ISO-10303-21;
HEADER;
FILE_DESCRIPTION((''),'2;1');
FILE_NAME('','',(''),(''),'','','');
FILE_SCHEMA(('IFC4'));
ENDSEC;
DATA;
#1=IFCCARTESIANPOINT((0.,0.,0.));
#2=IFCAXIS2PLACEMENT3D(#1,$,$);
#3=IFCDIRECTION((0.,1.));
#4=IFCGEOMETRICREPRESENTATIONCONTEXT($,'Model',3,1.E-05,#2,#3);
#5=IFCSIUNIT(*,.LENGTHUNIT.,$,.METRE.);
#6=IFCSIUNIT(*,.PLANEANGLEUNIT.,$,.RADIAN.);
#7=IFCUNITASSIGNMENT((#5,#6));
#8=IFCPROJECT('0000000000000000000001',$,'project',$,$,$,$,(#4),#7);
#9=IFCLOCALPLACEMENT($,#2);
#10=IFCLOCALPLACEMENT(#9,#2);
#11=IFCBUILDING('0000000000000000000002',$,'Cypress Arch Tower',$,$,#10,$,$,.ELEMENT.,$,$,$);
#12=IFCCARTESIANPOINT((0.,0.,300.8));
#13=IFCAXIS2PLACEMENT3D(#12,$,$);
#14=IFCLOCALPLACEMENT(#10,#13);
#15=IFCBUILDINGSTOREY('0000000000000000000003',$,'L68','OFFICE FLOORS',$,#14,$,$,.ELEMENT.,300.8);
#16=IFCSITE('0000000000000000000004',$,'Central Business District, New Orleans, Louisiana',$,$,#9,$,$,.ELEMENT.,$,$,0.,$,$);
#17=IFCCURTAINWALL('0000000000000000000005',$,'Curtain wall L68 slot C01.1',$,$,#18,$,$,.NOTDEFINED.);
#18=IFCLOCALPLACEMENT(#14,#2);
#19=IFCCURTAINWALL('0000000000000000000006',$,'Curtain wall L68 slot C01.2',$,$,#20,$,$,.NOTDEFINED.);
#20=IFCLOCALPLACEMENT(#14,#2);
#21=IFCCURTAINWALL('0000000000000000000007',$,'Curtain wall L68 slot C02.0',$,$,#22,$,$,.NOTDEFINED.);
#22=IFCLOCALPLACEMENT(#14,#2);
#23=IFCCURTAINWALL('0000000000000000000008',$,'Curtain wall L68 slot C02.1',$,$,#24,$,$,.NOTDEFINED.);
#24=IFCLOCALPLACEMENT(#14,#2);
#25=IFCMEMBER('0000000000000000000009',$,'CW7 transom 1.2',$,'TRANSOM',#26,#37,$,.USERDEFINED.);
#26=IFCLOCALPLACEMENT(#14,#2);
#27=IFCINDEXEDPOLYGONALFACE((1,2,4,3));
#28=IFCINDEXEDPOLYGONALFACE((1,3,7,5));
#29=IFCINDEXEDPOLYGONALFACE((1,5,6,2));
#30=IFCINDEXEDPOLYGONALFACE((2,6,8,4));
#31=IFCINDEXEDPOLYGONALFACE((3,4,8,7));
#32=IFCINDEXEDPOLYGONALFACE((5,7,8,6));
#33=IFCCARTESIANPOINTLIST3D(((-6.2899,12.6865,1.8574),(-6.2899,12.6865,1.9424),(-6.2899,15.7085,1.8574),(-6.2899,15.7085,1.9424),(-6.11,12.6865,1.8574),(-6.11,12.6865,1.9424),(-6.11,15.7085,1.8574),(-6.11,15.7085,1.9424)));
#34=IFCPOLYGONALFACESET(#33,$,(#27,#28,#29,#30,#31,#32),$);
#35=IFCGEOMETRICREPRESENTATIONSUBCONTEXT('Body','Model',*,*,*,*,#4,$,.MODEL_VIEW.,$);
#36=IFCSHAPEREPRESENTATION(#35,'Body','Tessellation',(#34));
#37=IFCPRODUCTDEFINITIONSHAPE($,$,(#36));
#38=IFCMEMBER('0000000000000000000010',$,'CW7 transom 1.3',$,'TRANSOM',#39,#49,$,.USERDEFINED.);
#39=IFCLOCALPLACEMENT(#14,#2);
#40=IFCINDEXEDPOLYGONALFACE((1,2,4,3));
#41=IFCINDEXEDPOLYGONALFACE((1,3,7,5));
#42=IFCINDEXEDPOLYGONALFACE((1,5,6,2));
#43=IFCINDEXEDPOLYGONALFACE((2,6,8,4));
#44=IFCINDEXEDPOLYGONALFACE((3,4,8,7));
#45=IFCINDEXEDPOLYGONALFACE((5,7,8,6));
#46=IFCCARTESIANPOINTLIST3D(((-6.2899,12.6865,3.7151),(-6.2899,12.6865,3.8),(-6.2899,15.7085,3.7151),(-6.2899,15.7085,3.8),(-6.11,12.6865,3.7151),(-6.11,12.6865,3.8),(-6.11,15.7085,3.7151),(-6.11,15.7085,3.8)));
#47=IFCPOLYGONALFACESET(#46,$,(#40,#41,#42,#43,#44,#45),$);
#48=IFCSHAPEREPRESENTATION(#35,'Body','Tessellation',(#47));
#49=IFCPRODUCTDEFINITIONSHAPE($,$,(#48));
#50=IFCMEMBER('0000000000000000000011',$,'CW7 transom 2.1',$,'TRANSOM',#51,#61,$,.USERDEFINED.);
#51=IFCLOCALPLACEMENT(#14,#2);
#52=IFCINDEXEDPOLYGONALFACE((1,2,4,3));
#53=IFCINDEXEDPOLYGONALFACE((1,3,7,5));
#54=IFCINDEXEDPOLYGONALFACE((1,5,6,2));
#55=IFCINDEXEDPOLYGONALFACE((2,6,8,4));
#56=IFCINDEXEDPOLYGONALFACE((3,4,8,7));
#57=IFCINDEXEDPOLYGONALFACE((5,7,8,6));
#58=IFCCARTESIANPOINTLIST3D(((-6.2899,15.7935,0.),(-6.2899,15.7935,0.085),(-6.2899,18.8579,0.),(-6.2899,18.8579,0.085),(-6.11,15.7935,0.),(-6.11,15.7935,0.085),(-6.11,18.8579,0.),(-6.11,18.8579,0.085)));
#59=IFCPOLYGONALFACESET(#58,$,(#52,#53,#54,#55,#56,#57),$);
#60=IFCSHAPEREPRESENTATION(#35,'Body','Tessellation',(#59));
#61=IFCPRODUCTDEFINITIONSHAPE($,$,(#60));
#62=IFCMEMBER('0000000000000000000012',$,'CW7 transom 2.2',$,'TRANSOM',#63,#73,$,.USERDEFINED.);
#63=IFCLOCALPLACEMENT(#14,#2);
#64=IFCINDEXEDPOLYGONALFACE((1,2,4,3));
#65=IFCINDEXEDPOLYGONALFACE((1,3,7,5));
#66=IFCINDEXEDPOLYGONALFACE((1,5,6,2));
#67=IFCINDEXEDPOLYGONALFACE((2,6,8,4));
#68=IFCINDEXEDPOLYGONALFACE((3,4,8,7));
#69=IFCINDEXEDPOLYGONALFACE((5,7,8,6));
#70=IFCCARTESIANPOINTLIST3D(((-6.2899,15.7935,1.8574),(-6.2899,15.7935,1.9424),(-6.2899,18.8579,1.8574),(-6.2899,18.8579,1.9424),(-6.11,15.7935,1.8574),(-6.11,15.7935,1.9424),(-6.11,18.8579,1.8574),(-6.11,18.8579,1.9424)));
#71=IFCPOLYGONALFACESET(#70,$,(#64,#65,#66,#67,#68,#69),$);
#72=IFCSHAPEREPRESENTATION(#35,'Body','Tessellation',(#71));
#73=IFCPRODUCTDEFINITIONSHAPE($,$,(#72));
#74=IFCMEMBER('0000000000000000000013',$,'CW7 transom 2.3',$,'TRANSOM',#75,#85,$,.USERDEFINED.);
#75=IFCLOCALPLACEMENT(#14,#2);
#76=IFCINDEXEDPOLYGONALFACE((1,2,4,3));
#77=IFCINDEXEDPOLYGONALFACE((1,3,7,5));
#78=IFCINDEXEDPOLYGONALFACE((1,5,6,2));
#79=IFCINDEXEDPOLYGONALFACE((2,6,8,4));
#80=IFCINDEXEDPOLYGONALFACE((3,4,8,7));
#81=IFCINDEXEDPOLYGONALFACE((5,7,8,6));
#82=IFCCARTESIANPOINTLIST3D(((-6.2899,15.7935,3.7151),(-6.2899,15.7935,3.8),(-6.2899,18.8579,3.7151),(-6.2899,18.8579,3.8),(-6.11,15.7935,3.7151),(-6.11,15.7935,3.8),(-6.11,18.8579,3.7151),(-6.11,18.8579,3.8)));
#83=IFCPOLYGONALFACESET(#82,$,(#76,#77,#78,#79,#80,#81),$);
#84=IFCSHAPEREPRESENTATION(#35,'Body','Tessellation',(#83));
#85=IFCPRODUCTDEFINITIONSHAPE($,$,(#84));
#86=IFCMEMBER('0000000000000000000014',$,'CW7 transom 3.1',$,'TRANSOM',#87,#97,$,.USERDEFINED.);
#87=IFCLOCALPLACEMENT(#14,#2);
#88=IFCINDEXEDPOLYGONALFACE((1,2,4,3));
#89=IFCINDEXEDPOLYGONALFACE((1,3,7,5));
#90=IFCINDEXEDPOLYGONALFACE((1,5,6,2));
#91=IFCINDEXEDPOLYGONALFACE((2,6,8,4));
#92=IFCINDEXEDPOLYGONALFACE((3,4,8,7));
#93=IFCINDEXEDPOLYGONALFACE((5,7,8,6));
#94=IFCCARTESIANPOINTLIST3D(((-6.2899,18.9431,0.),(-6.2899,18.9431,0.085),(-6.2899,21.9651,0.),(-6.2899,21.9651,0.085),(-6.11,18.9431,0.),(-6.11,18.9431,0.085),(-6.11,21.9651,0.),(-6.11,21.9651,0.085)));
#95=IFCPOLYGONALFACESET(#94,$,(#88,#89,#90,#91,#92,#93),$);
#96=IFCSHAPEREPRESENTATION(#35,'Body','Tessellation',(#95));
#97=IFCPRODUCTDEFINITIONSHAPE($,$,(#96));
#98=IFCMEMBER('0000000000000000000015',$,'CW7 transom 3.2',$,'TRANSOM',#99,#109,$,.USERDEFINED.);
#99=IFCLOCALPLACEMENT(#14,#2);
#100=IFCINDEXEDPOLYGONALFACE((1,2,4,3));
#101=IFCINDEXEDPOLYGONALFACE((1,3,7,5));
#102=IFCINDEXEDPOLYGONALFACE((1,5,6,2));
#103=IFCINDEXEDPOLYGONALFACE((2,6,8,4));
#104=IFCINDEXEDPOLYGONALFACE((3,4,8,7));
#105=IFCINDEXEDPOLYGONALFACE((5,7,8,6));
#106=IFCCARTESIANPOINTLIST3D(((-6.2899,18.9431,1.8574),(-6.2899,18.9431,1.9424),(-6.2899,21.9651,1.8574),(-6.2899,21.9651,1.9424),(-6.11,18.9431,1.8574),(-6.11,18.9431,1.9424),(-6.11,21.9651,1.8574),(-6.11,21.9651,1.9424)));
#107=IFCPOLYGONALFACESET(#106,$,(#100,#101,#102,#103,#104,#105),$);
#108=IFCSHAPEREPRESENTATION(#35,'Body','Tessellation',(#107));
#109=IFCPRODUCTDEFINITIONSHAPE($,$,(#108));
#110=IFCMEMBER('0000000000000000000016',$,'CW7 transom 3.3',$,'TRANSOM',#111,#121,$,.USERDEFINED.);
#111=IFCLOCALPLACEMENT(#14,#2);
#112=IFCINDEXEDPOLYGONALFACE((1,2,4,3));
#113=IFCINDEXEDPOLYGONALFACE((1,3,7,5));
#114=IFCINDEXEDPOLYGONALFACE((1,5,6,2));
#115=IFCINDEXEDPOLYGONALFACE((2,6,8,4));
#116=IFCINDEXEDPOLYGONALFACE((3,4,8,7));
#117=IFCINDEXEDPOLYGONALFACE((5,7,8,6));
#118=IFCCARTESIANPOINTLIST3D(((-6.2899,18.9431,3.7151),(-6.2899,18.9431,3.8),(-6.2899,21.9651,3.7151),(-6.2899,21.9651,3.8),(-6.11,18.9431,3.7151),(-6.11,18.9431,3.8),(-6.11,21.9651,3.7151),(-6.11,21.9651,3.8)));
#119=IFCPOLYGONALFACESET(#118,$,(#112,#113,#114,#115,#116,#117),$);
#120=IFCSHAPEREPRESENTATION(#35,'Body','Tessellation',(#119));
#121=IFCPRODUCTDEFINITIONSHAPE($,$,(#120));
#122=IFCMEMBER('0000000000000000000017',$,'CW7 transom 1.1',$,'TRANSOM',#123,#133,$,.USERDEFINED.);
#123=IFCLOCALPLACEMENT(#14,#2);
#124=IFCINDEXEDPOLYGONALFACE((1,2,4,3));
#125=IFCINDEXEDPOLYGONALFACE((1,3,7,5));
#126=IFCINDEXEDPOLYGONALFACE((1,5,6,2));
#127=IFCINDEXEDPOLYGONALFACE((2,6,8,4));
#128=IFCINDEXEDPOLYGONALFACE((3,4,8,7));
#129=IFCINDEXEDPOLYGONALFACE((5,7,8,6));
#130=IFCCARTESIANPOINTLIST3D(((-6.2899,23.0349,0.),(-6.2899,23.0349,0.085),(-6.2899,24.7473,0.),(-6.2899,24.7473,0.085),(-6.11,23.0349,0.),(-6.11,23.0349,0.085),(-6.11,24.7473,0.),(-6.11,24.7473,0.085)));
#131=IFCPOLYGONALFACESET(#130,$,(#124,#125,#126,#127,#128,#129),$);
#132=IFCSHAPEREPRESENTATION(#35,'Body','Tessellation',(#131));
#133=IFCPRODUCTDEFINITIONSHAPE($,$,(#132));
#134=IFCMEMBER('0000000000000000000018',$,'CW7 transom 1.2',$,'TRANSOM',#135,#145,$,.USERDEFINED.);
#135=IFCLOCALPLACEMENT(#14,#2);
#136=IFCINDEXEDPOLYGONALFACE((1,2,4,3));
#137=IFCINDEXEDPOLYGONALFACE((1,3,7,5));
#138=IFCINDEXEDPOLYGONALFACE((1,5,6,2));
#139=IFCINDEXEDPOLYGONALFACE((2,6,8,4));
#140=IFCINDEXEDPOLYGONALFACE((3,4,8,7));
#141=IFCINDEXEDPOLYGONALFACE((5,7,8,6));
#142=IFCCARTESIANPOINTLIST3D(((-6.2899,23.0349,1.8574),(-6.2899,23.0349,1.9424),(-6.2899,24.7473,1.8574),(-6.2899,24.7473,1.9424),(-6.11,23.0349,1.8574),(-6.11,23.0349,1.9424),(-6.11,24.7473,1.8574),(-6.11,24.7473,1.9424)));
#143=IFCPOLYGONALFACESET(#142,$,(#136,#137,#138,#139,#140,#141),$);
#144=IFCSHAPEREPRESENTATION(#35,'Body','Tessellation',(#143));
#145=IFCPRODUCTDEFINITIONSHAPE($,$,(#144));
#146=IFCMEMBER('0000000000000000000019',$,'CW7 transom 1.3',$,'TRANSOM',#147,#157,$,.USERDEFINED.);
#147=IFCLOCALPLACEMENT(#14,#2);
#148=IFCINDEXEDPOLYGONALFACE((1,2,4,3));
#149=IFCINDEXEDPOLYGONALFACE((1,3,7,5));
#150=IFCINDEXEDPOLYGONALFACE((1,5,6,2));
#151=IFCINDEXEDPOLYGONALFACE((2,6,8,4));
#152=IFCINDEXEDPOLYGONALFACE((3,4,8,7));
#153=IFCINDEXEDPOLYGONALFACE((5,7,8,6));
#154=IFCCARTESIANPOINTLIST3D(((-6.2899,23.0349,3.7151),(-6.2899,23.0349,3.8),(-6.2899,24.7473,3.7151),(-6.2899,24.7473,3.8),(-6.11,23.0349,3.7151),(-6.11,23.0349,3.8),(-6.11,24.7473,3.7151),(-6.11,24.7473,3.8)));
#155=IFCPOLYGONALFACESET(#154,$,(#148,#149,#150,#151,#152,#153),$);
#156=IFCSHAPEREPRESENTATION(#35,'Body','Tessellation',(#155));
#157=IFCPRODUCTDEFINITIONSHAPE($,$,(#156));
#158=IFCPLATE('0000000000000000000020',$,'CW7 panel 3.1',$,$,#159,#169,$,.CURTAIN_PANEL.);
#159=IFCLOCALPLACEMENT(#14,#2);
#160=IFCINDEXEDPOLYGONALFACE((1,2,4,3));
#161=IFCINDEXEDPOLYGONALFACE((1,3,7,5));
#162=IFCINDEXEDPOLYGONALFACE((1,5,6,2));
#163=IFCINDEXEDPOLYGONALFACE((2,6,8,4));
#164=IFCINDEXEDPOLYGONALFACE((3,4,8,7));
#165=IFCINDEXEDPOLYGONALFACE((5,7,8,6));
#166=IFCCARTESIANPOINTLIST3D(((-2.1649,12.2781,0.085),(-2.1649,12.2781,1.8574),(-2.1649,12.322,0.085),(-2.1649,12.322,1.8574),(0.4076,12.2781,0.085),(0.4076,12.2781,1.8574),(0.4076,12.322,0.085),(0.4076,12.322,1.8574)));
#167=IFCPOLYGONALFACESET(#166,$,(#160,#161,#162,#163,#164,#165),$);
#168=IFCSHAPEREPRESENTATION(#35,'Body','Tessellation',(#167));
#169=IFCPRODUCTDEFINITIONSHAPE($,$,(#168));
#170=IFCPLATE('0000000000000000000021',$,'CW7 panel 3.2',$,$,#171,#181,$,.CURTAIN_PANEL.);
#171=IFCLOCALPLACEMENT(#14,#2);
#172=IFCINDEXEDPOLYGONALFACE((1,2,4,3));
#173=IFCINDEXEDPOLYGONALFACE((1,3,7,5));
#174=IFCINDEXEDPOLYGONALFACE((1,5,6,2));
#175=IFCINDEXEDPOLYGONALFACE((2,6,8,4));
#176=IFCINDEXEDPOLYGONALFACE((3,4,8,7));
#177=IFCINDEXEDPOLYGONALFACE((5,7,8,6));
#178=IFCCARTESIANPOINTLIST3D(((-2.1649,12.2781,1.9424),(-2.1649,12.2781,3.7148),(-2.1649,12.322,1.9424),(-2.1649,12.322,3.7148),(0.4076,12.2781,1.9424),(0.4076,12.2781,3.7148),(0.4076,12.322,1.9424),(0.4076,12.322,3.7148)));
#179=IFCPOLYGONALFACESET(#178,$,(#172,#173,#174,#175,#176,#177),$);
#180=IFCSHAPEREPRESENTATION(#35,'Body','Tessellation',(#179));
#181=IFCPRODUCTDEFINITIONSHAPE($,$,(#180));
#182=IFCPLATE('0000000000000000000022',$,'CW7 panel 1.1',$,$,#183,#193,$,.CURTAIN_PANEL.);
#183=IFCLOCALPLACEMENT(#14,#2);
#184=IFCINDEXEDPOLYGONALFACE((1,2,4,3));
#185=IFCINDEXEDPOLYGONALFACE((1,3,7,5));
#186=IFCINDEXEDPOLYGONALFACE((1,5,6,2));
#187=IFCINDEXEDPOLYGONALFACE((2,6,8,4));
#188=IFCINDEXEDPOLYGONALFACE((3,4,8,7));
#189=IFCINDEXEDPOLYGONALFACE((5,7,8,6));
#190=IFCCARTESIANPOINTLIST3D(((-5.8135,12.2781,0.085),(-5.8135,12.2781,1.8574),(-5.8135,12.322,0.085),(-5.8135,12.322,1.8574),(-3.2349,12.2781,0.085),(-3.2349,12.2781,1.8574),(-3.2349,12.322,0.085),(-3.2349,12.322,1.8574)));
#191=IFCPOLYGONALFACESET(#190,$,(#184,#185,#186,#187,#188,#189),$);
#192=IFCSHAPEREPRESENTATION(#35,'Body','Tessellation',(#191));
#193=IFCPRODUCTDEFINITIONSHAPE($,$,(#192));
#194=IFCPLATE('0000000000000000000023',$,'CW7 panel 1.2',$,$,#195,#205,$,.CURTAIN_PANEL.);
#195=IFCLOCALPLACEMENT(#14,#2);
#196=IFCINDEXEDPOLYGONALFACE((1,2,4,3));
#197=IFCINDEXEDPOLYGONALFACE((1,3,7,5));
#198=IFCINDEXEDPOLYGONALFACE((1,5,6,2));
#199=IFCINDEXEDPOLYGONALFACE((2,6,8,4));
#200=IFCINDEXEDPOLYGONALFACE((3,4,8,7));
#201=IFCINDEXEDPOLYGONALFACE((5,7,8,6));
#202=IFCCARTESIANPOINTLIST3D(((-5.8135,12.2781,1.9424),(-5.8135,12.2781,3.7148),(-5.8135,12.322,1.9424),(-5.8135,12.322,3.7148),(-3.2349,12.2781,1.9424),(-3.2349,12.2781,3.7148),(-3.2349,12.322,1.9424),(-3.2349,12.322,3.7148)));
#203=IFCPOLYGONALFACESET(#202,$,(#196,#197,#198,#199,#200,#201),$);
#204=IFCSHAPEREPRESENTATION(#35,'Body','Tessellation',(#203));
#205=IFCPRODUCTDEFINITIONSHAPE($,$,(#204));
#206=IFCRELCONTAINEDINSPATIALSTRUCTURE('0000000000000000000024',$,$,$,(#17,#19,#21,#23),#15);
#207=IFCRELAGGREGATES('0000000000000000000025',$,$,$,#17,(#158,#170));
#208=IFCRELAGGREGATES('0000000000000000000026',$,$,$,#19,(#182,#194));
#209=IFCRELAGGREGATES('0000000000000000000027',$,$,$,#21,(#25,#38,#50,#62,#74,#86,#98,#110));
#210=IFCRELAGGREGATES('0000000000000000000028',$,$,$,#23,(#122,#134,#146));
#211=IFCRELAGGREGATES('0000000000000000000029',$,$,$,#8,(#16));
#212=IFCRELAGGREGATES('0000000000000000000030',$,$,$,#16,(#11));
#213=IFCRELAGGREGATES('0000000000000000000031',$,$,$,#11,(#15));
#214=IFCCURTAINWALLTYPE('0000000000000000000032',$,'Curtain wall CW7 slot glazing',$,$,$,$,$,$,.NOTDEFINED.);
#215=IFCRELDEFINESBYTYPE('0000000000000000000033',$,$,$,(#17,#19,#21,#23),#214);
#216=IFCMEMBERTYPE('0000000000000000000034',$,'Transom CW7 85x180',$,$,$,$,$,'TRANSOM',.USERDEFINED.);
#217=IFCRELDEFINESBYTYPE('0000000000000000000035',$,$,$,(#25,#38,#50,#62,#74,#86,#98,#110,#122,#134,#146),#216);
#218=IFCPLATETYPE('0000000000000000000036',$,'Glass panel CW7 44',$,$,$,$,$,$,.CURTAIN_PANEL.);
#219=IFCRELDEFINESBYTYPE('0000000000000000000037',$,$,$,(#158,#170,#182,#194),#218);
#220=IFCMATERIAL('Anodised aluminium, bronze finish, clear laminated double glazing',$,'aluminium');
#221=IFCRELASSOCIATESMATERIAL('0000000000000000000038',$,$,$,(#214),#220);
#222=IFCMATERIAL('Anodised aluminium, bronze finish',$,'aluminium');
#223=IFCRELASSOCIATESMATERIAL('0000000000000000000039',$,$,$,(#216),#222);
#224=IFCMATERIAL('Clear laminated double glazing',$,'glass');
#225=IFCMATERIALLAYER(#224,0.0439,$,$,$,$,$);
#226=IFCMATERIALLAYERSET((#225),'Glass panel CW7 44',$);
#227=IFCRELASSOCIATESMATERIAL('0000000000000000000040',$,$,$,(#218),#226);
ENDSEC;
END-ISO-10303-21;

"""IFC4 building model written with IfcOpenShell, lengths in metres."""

from ifc_helpers import new_model, si_unit, direction, frame, origin, origin_2d, place, context, subcontext, project, spatial, rectangle, extrude, material, layer, layer_set, material_profile, profile_set, type_object, element, aggregate, save


model = new_model("IFC4")

# Units and contexts
model_context = context("Model", 3, precision=1e-05, world=origin(), true_north=direction((0.0, 1.0)))
body_context = subcontext(model_context, "Body", "Model", "MODEL_VIEW")
ifc_project = project(units=[si_unit("LENGTHUNIT", "METRE"), si_unit("PLANEANGLEUNIT", "RADIAN")], contexts=[model_context])

# Site, building, storey
site_placement = place(None, origin())
site = spatial("IfcSite", under=ifc_project, at=site_placement, Name="Central Business District, New Orleans, Louisiana", CompositionType="ELEMENT", RefElevation=0.0)
building_placement = place(site_placement, origin())
building = spatial("IfcBuilding", under=site, at=building_placement, Name="Cypress Arch Tower", CompositionType="ELEMENT")
storey_placement = place(building_placement, frame((0.0, 0.0, 300.8)))
storey = spatial("IfcBuildingStorey", under=building, at=storey_placement, Name="L68", Description="OFFICE FLOORS", CompositionType="ELEMENT", Elevation=300.8)

# Curtain wall
ifc_material_1 = material(Name="Anodised aluminium, bronze finish, clear laminated double glazing", Category="aluminium")
curtain_wall_type = type_object("IfcCurtainWallType", Name="Curtain wall CW7 slot glazing", PredefinedType="NOTDEFINED", material=ifc_material_1)
curtain_wall_1_placement = place(storey_placement, origin())
curtain_wall_1 = element("IfcCurtainWall", 1, at=curtain_wall_1_placement, inside=storey, type_object=curtain_wall_type, Name="Curtain wall L68 slot C01.1", PredefinedType="NOTDEFINED")

# Curtain walls
curtain_wall_2_placement = place(storey_placement, origin())
curtain_wall_2 = element("IfcCurtainWall", 2, at=curtain_wall_2_placement, inside=storey, type_object=curtain_wall_type, Name="Curtain wall L68 slot C01.2", PredefinedType="NOTDEFINED")
curtain_wall_3_placement = place(storey_placement, origin())
curtain_wall_3 = element("IfcCurtainWall", 3, at=curtain_wall_3_placement, inside=storey, type_object=curtain_wall_type, Name="Curtain wall L68 slot C02.0", PredefinedType="NOTDEFINED")
curtain_wall_4_placement = place(storey_placement, origin())
curtain_wall_4 = element("IfcCurtainWall", 4, at=curtain_wall_4_placement, inside=storey, type_object=curtain_wall_type, Name="Curtain wall L68 slot C02.1", PredefinedType="NOTDEFINED")

# Members
ifc_material_2 = material(Name="Anodised aluminium, bronze finish", Category="aluminium")
ifc_material_profile_1 = material_profile(ifc_material_2, rectangle(XDim=0.1799, YDim=0.085, at=origin_2d()), Name="Transom 85x180")
ifc_profile_set_1 = profile_set([ifc_material_profile_1], Name="Anodised aluminium, bronze finish")
member_type_1 = type_object("IfcMemberType", Name="Transom CW7 85x180", ElementType="TRANSOM", PredefinedType="USERDEFINED", material=ifc_profile_set_1)
member_1_placement = place(storey_placement, frame((-6.2, 12.6865, 1.8999), z_axis=(0.0, 1.0, 0.0), x_axis=(-1.0, 0.0, 0.0)))
member_1 = element("IfcMember", 5, at=member_1_placement, type_object=member_type_1, Name="CW7 transom 1.2", ObjectType="TRANSOM", PredefinedType="USERDEFINED", context=body_context, shape_type="SweptSolid", body=[
    extrude(rectangle(XDim=0.1799, YDim=0.085, at=origin_2d()), origin(), (0.0, 0.0, 1.0), 3.022),
])
member_2_placement = place(storey_placement, frame((-6.2, 12.6865, 3.7576), z_axis=(0.0, 1.0, 0.0), x_axis=(-1.0, 0.0, 0.0)))
member_2 = element("IfcMember", 6, at=member_2_placement, type_object=member_type_1, Name="CW7 transom 1.3", ObjectType="TRANSOM", PredefinedType="USERDEFINED", context=body_context, shape_type="SweptSolid", body=[
    extrude(rectangle(XDim=0.1799, YDim=0.085, at=origin_2d()), origin(), (0.0, 0.0, 1.0), 3.022),
])
member_3_placement = place(storey_placement, frame((-6.2, 15.7935, 0.0425), z_axis=(0.0, 1.0, 0.0), x_axis=(-1.0, 0.0, 0.0)))
member_3 = element("IfcMember", 7, at=member_3_placement, type_object=member_type_1, Name="CW7 transom 2.1", ObjectType="TRANSOM", PredefinedType="USERDEFINED", context=body_context, shape_type="SweptSolid", body=[
    extrude(rectangle(XDim=0.1799, YDim=0.085, at=origin_2d()), origin(), (0.0, 0.0, 1.0), 3.0645),
])
member_4_placement = place(storey_placement, frame((-6.2, 15.7935, 1.8999), z_axis=(0.0, 1.0, 0.0), x_axis=(-1.0, 0.0, 0.0)))
member_4 = element("IfcMember", 8, at=member_4_placement, type_object=member_type_1, Name="CW7 transom 2.2", ObjectType="TRANSOM", PredefinedType="USERDEFINED", context=body_context, shape_type="SweptSolid", body=[
    extrude(rectangle(XDim=0.1799, YDim=0.085, at=origin_2d()), origin(), (0.0, 0.0, 1.0), 3.0645),
])
member_5_placement = place(storey_placement, frame((-6.2, 15.7935, 3.7576), z_axis=(0.0, 1.0, 0.0), x_axis=(-1.0, 0.0, 0.0)))
member_5 = element("IfcMember", 9, at=member_5_placement, type_object=member_type_1, Name="CW7 transom 2.3", ObjectType="TRANSOM", PredefinedType="USERDEFINED", context=body_context, shape_type="SweptSolid", body=[
    extrude(rectangle(XDim=0.1799, YDim=0.085, at=origin_2d()), origin(), (0.0, 0.0, 1.0), 3.0645),
])
member_6_placement = place(storey_placement, frame((-6.2, 18.9431, 0.0425), z_axis=(0.0, 1.0, 0.0), x_axis=(-1.0, 0.0, 0.0)))
member_6 = element("IfcMember", 10, at=member_6_placement, type_object=member_type_1, Name="CW7 transom 3.1", ObjectType="TRANSOM", PredefinedType="USERDEFINED", context=body_context, shape_type="SweptSolid", body=[
    extrude(rectangle(XDim=0.1799, YDim=0.085, at=origin_2d()), origin(), (0.0, 0.0, 1.0), 3.022),
])
member_7_placement = place(storey_placement, frame((-6.2, 18.9431, 1.8999), z_axis=(0.0, 1.0, 0.0), x_axis=(-1.0, 0.0, 0.0)))
member_7 = element("IfcMember", 11, at=member_7_placement, type_object=member_type_1, Name="CW7 transom 3.2", ObjectType="TRANSOM", PredefinedType="USERDEFINED", context=body_context, shape_type="SweptSolid", body=[
    extrude(rectangle(XDim=0.1799, YDim=0.085, at=origin_2d()), origin(), (0.0, 0.0, 1.0), 3.022),
])
member_8_placement = place(storey_placement, frame((-6.2, 18.9431, 3.7576), z_axis=(0.0, 1.0, 0.0), x_axis=(-1.0, 0.0, 0.0)))
member_8 = element("IfcMember", 12, at=member_8_placement, type_object=member_type_1, Name="CW7 transom 3.3", ObjectType="TRANSOM", PredefinedType="USERDEFINED", context=body_context, shape_type="SweptSolid", body=[
    extrude(rectangle(XDim=0.1799, YDim=0.085, at=origin_2d()), origin(), (0.0, 0.0, 1.0), 3.022),
])
member_9_placement = place(storey_placement, frame((-6.2, 23.0349, 0.0425), z_axis=(0.0, 1.0, 0.0), x_axis=(-1.0, 0.0, 0.0)))
member_9 = element("IfcMember", 13, at=member_9_placement, type_object=member_type_1, Name="CW7 transom 1.1", ObjectType="TRANSOM", PredefinedType="USERDEFINED", context=body_context, shape_type="SweptSolid", body=[
    extrude(rectangle(XDim=0.1799, YDim=0.085, at=origin_2d()), origin(), (0.0, 0.0, 1.0), 1.7124),
])
member_10_placement = place(storey_placement, frame((-6.2, 23.0349, 1.8999), z_axis=(0.0, 1.0, 0.0), x_axis=(-1.0, 0.0, 0.0)))
member_10 = element("IfcMember", 14, at=member_10_placement, type_object=member_type_1, Name="CW7 transom 1.2", ObjectType="TRANSOM", PredefinedType="USERDEFINED", context=body_context, shape_type="SweptSolid", body=[
    extrude(rectangle(XDim=0.1799, YDim=0.085, at=origin_2d()), origin(), (0.0, 0.0, 1.0), 1.7124),
])
member_11_placement = place(storey_placement, frame((-6.2, 23.0349, 3.7576), z_axis=(0.0, 1.0, 0.0), x_axis=(-1.0, 0.0, 0.0)))
member_11 = element("IfcMember", 15, at=member_11_placement, type_object=member_type_1, Name="CW7 transom 1.3", ObjectType="TRANSOM", PredefinedType="USERDEFINED", context=body_context, shape_type="SweptSolid", body=[
    extrude(rectangle(XDim=0.1799, YDim=0.085, at=origin_2d()), origin(), (0.0, 0.0, 1.0), 1.7124),
])

# Plates
ifc_material_3 = material(Name="Clear laminated double glazing", Category="glass")
ifc_layer_1 = layer(ifc_material_3, 0.0439)
ifc_layer_set_1 = layer_set([ifc_layer_1], Name="Glass panel CW7 44")
plate_type = type_object("IfcPlateType", Name="Glass panel CW7 44", PredefinedType="CURTAIN_PANEL", material=ifc_layer_set_1)
plate_1_placement = place(storey_placement, frame((-0.8787, 12.3, 0.085), z_axis=(0.0, 0.0, 1.0), x_axis=(-1.0, 0.0, 0.0)))
plate_1 = element("IfcPlate", 16, at=plate_1_placement, type_object=plate_type, Name="CW7 panel 3.1", PredefinedType="CURTAIN_PANEL", context=body_context, shape_type="SweptSolid", body=[
    extrude(rectangle(XDim=2.5725, YDim=0.0439, at=origin_2d()), origin(), (0.0, 0.0, 1.0), 1.7725),
])
plate_2_placement = place(storey_placement, frame((-0.8787, 12.3, 1.9424), z_axis=(0.0, 0.0, 1.0), x_axis=(-1.0, 0.0, 0.0)))
plate_2 = element("IfcPlate", 17, at=plate_2_placement, type_object=plate_type, Name="CW7 panel 3.2", PredefinedType="CURTAIN_PANEL", context=body_context, shape_type="SweptSolid", body=[
    extrude(rectangle(XDim=2.5725, YDim=0.0439, at=origin_2d()), origin(), (0.0, 0.0, 1.0), 1.7725),
])
aggregate(curtain_wall_1, [plate_1, plate_2])
plate_3_placement = place(storey_placement, frame((-4.5242, 12.3, 0.085), z_axis=(0.0, 0.0, 1.0), x_axis=(-1.0, 0.0, 0.0)))
plate_3 = element("IfcPlate", 18, at=plate_3_placement, type_object=plate_type, Name="CW7 panel 1.1", PredefinedType="CURTAIN_PANEL", context=body_context, shape_type="SweptSolid", body=[
    extrude(rectangle(XDim=2.5786, YDim=0.0439, at=origin_2d()), origin(), (0.0, 0.0, 1.0), 1.7725),
])
plate_4_placement = place(storey_placement, frame((-4.5242, 12.3, 1.9424), z_axis=(0.0, 0.0, 1.0), x_axis=(-1.0, 0.0, 0.0)))
plate_4 = element("IfcPlate", 19, at=plate_4_placement, type_object=plate_type, Name="CW7 panel 1.2", PredefinedType="CURTAIN_PANEL", context=body_context, shape_type="SweptSolid", body=[
    extrude(rectangle(XDim=2.5786, YDim=0.0439, at=origin_2d()), origin(), (0.0, 0.0, 1.0), 1.7725),
])
aggregate(curtain_wall_2, [plate_3, plate_4])
aggregate(curtain_wall_3, [member_1, member_2, member_3, member_4, member_5, member_6, member_7, member_8])
aggregate(curtain_wall_4, [member_9, member_10, member_11])

save(model, "model.ifc")
